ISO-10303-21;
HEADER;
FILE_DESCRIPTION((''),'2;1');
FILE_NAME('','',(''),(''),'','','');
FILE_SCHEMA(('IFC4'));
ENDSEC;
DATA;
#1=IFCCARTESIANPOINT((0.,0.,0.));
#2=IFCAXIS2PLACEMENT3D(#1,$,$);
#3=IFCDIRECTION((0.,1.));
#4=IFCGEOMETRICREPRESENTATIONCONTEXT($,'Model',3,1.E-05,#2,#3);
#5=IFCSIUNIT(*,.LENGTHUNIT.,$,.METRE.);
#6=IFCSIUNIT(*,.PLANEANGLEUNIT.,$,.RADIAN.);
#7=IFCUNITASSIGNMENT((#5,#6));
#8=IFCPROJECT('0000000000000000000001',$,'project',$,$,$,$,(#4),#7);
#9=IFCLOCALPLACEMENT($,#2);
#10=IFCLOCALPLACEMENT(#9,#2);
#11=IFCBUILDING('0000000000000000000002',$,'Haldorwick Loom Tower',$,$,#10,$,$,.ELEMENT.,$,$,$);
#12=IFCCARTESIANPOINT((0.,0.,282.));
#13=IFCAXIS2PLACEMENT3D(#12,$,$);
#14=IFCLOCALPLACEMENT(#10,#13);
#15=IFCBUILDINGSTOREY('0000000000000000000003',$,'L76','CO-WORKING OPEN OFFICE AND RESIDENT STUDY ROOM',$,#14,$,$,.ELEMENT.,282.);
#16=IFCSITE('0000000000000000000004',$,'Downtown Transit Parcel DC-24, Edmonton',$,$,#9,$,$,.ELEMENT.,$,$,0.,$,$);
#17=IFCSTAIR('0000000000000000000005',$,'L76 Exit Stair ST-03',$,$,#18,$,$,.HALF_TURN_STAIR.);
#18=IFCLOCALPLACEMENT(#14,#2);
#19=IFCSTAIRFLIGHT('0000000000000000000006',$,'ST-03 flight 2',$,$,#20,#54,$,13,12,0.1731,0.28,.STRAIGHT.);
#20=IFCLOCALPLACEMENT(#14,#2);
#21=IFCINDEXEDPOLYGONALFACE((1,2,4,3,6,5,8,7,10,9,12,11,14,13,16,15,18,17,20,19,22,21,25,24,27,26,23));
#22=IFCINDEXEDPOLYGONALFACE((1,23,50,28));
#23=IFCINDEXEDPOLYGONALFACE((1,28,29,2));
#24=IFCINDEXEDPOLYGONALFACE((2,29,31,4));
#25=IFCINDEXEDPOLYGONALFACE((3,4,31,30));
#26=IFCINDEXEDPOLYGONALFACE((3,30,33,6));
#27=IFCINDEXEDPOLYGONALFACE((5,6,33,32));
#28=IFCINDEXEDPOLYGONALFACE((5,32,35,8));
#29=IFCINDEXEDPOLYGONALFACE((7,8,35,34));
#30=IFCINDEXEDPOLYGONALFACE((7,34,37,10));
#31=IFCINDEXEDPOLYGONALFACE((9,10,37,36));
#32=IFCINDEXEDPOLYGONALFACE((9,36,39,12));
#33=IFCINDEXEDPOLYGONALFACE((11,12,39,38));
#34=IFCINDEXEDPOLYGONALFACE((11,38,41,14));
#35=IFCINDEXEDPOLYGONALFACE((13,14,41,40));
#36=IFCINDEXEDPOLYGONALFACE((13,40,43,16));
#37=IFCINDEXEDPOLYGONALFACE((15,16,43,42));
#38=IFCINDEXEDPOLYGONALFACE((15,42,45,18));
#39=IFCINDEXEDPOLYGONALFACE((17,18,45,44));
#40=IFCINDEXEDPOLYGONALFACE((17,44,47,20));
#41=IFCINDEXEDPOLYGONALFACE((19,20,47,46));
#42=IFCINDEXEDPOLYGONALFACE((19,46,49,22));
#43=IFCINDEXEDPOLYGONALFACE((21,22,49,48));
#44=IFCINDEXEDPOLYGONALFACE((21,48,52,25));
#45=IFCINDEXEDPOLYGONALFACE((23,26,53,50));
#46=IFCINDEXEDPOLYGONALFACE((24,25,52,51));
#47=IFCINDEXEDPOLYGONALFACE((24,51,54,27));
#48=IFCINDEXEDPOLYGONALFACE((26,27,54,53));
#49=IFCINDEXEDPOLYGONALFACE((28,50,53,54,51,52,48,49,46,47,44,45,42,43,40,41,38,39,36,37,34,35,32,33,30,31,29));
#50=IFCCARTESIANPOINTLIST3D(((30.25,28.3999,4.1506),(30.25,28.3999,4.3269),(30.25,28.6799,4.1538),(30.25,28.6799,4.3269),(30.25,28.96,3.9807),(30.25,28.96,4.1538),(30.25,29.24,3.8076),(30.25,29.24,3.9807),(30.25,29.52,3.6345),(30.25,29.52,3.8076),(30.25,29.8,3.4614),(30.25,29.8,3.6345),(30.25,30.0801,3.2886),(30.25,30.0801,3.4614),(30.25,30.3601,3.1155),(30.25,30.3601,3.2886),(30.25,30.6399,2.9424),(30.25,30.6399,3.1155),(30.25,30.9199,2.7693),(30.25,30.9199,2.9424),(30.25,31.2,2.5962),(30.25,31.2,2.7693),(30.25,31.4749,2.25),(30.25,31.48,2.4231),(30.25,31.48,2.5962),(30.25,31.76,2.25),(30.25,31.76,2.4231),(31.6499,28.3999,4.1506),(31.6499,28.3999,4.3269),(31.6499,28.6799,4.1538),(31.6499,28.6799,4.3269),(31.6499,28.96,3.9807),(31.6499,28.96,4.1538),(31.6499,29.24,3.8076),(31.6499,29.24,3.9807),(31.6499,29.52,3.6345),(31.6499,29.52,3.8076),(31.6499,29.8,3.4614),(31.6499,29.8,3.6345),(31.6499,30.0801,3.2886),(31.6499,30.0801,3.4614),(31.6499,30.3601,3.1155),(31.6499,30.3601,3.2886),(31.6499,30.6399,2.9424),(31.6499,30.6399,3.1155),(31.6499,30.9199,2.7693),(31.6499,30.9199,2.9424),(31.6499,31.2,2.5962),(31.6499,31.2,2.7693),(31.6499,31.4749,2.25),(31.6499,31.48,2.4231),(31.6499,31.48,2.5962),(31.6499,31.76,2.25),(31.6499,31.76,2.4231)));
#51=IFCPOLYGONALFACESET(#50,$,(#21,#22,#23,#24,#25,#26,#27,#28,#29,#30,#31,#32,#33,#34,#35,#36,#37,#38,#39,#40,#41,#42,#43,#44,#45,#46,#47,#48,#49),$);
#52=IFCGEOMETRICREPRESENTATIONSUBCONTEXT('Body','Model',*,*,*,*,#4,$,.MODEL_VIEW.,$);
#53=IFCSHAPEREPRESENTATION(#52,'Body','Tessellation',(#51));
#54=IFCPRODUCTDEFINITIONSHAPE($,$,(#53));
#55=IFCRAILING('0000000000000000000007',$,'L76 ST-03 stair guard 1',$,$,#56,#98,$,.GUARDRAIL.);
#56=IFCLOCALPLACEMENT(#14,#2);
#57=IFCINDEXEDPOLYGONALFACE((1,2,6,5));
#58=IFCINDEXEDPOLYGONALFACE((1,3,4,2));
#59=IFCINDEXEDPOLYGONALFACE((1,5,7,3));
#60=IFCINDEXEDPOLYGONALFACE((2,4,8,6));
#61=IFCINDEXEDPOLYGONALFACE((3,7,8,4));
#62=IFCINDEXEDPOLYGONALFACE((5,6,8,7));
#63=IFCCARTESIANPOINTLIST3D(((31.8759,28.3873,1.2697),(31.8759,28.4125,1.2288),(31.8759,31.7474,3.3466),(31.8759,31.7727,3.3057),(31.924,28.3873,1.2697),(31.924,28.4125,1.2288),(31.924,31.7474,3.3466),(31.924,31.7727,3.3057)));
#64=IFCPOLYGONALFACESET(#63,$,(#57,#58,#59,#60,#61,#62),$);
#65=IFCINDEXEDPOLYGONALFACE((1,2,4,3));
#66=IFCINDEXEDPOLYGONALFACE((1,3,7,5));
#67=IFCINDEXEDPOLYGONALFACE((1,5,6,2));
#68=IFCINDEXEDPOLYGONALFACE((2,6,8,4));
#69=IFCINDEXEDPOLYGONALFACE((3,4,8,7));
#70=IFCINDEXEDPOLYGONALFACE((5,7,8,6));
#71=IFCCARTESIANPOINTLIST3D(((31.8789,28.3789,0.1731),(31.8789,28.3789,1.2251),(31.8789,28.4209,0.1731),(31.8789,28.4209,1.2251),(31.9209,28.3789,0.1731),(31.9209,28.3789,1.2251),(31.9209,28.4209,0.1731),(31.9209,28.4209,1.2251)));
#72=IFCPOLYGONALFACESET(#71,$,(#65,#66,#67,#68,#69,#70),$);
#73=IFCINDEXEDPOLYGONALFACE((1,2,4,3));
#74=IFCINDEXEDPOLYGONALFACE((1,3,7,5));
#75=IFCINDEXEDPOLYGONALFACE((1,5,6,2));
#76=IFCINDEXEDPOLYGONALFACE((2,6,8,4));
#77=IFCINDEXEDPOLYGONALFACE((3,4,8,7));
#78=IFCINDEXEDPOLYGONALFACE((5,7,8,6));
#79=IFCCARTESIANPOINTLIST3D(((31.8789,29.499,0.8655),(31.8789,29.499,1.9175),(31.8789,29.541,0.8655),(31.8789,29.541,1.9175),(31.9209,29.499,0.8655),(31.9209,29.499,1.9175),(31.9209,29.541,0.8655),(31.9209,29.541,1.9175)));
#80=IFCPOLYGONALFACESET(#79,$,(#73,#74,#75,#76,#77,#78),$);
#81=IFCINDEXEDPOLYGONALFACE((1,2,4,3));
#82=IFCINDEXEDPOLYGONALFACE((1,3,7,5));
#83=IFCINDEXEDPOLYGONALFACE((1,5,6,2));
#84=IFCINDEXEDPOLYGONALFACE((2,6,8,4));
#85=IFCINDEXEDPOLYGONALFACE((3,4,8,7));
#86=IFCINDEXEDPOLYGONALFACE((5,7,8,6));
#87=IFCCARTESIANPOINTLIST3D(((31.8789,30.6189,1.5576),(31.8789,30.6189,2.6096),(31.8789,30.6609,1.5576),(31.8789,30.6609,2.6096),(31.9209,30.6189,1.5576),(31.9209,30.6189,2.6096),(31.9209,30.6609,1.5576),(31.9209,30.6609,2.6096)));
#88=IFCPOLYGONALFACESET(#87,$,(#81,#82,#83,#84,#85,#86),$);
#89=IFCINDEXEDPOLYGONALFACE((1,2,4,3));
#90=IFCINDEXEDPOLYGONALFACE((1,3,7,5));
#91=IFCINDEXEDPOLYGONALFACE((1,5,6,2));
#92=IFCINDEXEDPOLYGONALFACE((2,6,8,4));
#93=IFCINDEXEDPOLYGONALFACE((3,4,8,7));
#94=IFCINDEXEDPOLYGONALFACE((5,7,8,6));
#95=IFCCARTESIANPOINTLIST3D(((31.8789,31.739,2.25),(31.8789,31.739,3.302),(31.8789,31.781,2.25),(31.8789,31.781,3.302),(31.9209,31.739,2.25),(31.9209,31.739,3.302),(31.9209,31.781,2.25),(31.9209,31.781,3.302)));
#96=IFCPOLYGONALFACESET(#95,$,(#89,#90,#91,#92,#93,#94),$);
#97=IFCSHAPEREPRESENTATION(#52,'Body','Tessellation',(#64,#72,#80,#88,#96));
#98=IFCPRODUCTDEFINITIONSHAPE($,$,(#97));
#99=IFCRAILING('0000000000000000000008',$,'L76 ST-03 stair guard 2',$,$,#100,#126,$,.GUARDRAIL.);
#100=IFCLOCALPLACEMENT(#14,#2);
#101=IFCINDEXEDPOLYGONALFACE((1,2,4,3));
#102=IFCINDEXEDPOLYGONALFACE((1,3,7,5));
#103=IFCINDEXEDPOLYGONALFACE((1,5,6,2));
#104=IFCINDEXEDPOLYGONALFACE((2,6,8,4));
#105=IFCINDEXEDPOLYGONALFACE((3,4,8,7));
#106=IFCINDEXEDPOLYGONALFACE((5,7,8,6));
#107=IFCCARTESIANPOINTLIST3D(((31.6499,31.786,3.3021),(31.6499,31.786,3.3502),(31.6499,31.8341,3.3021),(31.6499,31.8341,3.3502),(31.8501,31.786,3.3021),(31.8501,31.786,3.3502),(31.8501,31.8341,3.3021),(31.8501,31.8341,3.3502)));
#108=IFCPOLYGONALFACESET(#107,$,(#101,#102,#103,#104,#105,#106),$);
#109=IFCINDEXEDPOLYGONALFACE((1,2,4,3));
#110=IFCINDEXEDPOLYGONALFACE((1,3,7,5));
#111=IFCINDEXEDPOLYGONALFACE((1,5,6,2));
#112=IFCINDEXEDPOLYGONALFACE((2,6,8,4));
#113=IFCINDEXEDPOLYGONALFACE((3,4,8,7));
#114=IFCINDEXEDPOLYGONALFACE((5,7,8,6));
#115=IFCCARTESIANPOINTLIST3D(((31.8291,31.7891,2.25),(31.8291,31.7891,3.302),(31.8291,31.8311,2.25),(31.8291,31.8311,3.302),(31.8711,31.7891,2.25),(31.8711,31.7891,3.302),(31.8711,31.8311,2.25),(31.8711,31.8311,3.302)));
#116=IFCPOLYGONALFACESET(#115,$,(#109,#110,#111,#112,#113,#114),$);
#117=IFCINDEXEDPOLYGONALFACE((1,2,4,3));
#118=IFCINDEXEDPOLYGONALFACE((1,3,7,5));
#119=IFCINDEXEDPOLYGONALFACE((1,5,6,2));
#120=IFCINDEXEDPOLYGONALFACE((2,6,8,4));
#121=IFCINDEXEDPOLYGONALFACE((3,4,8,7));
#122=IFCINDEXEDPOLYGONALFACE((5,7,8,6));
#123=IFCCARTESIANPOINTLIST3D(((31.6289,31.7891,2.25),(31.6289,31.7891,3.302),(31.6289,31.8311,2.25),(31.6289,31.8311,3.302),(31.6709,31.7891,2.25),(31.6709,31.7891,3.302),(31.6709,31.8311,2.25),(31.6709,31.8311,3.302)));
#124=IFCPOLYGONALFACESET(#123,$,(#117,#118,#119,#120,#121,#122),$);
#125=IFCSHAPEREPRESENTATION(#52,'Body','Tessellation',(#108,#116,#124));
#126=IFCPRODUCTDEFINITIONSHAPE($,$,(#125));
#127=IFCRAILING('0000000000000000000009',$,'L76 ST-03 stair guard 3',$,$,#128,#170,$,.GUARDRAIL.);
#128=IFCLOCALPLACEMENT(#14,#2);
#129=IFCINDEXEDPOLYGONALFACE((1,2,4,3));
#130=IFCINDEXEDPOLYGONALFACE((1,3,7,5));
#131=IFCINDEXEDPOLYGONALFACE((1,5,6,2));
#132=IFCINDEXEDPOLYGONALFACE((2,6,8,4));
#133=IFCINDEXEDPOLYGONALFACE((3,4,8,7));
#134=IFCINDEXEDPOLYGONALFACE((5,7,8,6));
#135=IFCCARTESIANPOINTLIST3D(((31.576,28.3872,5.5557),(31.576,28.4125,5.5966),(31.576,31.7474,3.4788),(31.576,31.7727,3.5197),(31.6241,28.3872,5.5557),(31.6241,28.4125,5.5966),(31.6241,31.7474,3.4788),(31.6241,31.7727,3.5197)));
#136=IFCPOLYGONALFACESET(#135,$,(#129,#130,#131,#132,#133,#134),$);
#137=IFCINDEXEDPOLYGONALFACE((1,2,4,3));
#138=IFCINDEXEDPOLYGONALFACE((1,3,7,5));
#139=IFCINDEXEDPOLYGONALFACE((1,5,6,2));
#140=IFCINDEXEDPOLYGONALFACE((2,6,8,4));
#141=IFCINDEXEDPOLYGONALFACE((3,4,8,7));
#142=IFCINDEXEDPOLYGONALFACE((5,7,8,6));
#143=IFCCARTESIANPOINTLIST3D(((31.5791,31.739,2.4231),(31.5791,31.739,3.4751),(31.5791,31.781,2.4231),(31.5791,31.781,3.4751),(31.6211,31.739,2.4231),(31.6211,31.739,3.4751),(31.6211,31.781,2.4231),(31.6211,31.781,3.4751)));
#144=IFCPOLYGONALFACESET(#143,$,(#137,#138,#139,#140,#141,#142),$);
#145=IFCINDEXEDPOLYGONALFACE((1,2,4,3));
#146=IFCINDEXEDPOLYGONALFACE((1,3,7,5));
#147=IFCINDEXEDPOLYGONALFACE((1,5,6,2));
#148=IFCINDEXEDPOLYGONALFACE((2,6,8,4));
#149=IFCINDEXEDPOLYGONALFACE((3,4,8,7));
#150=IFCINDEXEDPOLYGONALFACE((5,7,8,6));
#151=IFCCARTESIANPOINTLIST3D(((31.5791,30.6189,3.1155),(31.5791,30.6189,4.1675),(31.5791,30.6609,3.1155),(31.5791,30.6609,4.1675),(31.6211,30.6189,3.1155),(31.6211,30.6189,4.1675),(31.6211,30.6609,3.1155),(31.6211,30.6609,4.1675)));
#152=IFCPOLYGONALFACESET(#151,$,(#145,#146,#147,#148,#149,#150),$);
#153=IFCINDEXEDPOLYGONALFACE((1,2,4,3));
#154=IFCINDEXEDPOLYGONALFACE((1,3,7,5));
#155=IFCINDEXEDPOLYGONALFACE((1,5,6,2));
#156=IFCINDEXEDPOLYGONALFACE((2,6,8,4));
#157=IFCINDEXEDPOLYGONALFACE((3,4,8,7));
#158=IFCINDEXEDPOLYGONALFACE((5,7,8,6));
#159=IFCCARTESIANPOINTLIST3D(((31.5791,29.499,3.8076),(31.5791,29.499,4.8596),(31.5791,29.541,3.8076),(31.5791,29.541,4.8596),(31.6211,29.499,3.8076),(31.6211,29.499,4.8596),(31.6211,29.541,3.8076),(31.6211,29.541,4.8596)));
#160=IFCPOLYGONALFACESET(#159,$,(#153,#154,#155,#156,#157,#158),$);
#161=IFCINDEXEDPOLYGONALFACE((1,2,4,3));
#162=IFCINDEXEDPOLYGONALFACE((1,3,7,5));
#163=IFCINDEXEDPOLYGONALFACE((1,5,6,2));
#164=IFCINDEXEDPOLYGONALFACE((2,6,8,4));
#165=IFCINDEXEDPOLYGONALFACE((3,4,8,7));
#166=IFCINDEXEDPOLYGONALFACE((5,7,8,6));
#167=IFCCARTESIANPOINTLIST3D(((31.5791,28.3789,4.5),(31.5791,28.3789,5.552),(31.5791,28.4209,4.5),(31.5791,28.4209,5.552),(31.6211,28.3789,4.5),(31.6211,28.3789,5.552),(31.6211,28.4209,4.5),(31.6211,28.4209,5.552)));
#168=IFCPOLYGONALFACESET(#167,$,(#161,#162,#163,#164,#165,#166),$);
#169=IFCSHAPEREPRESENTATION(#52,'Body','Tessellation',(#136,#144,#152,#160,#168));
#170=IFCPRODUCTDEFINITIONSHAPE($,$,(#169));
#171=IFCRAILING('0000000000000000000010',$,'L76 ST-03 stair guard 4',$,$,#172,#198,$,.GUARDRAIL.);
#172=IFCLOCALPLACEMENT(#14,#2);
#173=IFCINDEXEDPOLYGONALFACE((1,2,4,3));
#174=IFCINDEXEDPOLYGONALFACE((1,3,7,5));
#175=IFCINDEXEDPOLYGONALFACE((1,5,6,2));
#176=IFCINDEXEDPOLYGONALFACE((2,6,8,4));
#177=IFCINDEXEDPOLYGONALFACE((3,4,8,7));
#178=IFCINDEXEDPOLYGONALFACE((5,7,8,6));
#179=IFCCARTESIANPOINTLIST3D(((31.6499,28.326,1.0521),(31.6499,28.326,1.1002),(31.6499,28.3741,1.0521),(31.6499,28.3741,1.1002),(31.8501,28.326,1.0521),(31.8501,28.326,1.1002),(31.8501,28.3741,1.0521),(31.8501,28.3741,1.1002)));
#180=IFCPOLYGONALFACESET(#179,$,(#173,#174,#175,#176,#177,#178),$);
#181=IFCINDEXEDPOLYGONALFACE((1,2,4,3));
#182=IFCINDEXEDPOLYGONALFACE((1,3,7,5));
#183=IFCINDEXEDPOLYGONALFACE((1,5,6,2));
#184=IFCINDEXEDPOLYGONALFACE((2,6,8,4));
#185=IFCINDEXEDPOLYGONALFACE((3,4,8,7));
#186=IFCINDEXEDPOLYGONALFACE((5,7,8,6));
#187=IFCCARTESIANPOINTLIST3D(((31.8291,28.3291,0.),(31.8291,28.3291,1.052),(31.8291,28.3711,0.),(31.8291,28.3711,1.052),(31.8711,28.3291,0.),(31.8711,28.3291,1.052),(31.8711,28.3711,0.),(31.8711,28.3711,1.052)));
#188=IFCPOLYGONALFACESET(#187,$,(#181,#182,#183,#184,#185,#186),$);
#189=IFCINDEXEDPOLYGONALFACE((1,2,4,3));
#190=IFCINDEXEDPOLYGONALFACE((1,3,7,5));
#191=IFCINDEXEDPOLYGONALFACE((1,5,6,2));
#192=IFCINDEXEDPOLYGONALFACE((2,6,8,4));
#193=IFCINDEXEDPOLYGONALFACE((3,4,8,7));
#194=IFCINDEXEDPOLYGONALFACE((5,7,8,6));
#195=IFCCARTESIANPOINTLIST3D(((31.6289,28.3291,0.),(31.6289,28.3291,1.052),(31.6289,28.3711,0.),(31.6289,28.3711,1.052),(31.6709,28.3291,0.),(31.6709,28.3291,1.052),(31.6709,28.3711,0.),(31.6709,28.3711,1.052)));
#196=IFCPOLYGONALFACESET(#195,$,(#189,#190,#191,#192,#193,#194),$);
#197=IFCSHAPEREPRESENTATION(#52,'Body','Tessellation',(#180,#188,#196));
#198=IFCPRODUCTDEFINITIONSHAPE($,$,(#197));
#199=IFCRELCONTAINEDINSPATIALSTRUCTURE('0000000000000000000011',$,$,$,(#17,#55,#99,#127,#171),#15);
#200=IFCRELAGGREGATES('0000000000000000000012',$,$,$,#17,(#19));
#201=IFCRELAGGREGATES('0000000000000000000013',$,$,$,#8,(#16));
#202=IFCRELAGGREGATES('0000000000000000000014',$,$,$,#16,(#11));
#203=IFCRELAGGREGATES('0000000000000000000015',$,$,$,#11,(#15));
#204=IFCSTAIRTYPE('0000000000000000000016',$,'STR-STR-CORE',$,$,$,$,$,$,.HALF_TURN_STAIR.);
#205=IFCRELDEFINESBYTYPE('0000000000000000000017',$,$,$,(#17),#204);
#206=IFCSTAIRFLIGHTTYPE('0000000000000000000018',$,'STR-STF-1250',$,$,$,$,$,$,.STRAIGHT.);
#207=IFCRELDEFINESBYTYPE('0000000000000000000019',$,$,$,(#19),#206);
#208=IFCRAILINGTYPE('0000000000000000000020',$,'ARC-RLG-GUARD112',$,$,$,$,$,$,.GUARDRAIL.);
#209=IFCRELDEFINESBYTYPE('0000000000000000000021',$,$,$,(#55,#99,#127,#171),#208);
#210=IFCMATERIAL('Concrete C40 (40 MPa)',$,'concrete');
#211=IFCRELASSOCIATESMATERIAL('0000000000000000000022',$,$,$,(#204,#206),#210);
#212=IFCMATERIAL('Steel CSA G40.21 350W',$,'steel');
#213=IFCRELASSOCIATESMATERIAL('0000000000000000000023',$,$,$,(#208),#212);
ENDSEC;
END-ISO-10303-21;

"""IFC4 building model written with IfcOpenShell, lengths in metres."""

from ifc_helpers import new_model, si_unit, direction, frame, origin, origin_2d, place, context, subcontext, project, spatial, polyline, rectangle, outline, extrude, material, type_object, element, aggregate, save


model = new_model("IFC4")

# Units and contexts
model_context = context("Model", 3, precision=1e-05, world=origin(), true_north=direction((0.0, 1.0)))
body_context = subcontext(model_context, "Body", "Model", "MODEL_VIEW")
ifc_project = project(units=[si_unit("LENGTHUNIT", "METRE"), si_unit("PLANEANGLEUNIT", "RADIAN")], contexts=[model_context])

# Site, building, storey
site_placement = place(None, origin())
site = spatial("IfcSite", under=ifc_project, at=site_placement, Name="Downtown Transit Parcel DC-24, Edmonton", CompositionType="ELEMENT", RefElevation=0.0)
building_placement = place(site_placement, origin())
building = spatial("IfcBuilding", under=site, at=building_placement, Name="Haldorwick Loom Tower", CompositionType="ELEMENT")
storey_placement = place(building_placement, frame((0.0, 0.0, 282.0)))
storey = spatial("IfcBuildingStorey", under=building, at=storey_placement, Name="L76", Description="CO-WORKING OPEN OFFICE AND RESIDENT STUDY ROOM", CompositionType="ELEMENT", Elevation=282.0)

# Shared definitions
ifc_material_1 = material(Name="Steel CSA G40.21 350W", Category="steel")

# Stair, stair flight
ifc_material_2 = material(Name="Concrete C40 (40 MPa)", Category="concrete")
stair_type = type_object("IfcStairType", Name="STR-STR-CORE", PredefinedType="HALF_TURN_STAIR", material=ifc_material_2)
stair_placement = place(storey_placement, origin())
stair = element("IfcStair", 1, at=stair_placement, inside=storey, type_object=stair_type, Name="L76 Exit Stair ST-03", PredefinedType="HALF_TURN_STAIR")
stair_flight_type = type_object("IfcStairFlightType", Name="STR-STF-1250", PredefinedType="STRAIGHT", material=ifc_material_2)
stair_flight_1_placement = place(storey_placement, frame((30.95, 31.76, 2.25), z_axis=(0.0, 0.0, 1.0), x_axis=(0.0, -1.0, 0.0)))
stair_flight_1 = element("IfcStairFlight", 2, at=stair_flight_1_placement, type_object=stair_flight_type, Name="ST-03 flight 2", NumberOfRisers=13, NumberOfTreads=12, PredefinedType="STRAIGHT", RiserHeight=0.1731, TreadLength=0.28, context=body_context, shape_type="SweptSolid", body=[
    extrude(outline(polyline([(0.0, 0.0), (0.0, 0.1731), (0.28, 0.1731), (0.28, 0.3462), (0.5601, 0.3462), (0.5601, 0.5193), (0.8401, 0.5193), (0.8401, 0.6924), (1.1201, 0.6924), (1.1201, 0.8655), (1.3999, 0.8655), (1.3999, 1.0386), (1.6799, 1.0386), (1.6799, 1.2114), (1.96, 1.2114), (1.96, 1.3845), (2.24, 1.3845), (2.24, 1.5576), (2.52, 1.5576), (2.52, 1.7307), (2.8, 1.7307), (2.8, 1.9038), (3.0801, 1.9038), (3.0801, 2.0769), (3.3601, 2.0769), (3.3601, 2.25), (3.3601, 1.9006), (0.2852, 0.0), (0.0, 0.0)])), frame((0.0, 0.7, 0.0), z_axis=(0.0, -1.0, 0.0), x_axis=(1.0, 0.0, 0.0)), (0.0, 0.0, 1.0), 1.3999),
])
aggregate(stair, [stair_flight_1])

# Railings
railing_type_1 = type_object("IfcRailingType", Name="ARC-RLG-GUARD112", PredefinedType="GUARDRAIL", material=ifc_material_1)
railing_1_placement = place(storey_placement, frame((31.8999, 28.3999, 0.1731)))
element("IfcRailing", 3, at=railing_1_placement, inside=storey, type_object=railing_type_1, Name="L76 ST-03 stair guard 1", PredefinedType="GUARDRAIL", context=body_context, shape_type="SweptSolid", body=[
    extrude(rectangle(XDim=0.0481, YDim=0.0481, at=origin_2d()), frame((0.0, 0.0, 1.0762), z_axis=(0.0, 0.850623, 0.525776), x_axis=(-1.0, 0.0, 0.0)), (0.0, 0.0, 1.0), 3.9502),
    extrude(rectangle(XDim=0.042, YDim=0.042, at=origin_2d()), origin(), (0.0, 0.0, 1.0), 1.052),
    extrude(rectangle(XDim=0.042, YDim=0.042, at=origin_2d()), frame((0.0, 1.1201, 0.6924)), (0.0, 0.0, 1.0), 1.052),
    extrude(rectangle(XDim=0.042, YDim=0.042, at=origin_2d()), frame((0.0, 2.24, 1.3845)), (0.0, 0.0, 1.0), 1.052),
    extrude(rectangle(XDim=0.042, YDim=0.042, at=origin_2d()), frame((0.0, 3.3601, 2.0769)), (0.0, 0.0, 1.0), 1.052),
])
railing_2_placement = place(storey_placement, frame((31.8501, 31.8101, 2.25)))
element("IfcRailing", 4, at=railing_2_placement, inside=storey, type_object=railing_type_1, Name="L76 ST-03 stair guard 2", PredefinedType="GUARDRAIL", context=body_context, shape_type="SweptSolid", body=[
    extrude(rectangle(XDim=0.0481, YDim=0.0481, at=origin_2d()), frame((0.0, 0.0, 1.0762), z_axis=(-1.0, 0.0, 0.0), x_axis=(0.0, -1.0, 0.0)), (0.0, 0.0, 1.0), 0.2002),
    extrude(rectangle(XDim=0.042, YDim=0.042, at=origin_2d()), origin(), (0.0, 0.0, 1.0), 1.052),
    extrude(rectangle(XDim=0.042, YDim=0.042, at=origin_2d()), frame((-0.2002, 0.0, 0.0)), (0.0, 0.0, 1.0), 1.052),
])
railing_3_placement = place(storey_placement, frame((31.6001, 31.76, 2.4231)))
element("IfcRailing", 5, at=railing_3_placement, inside=storey, type_object=railing_type_1, Name="L76 ST-03 stair guard 3", PredefinedType="GUARDRAIL", context=body_context, shape_type="SweptSolid", body=[
    extrude(rectangle(XDim=0.0481, YDim=0.0481, at=origin_2d()), frame((0.0, 0.0, 1.0762), z_axis=(0.0, -0.850623, 0.525776), x_axis=(1.0, 0.0, 0.0)), (0.0, 0.0, 1.0), 3.9502),
    extrude(rectangle(XDim=0.042, YDim=0.042, at=origin_2d()), origin(), (0.0, 0.0, 1.0), 1.052),
    extrude(rectangle(XDim=0.042, YDim=0.042, at=origin_2d()), frame((0.0, -1.1201, 0.6924)), (0.0, 0.0, 1.0), 1.052),
    extrude(rectangle(XDim=0.042, YDim=0.042, at=origin_2d()), frame((0.0, -2.24, 1.3845)), (0.0, 0.0, 1.0), 1.052),
    extrude(rectangle(XDim=0.042, YDim=0.042, at=origin_2d()), frame((0.0, -3.3601, 2.0769)), (0.0, 0.0, 1.0), 1.052),
])
railing_4_placement = place(storey_placement, frame((31.8501, 28.3501, 0.0)))
element("IfcRailing", 6, at=railing_4_placement, inside=storey, type_object=railing_type_1, Name="L76 ST-03 stair guard 4", PredefinedType="GUARDRAIL", context=body_context, shape_type="SweptSolid", body=[
    extrude(rectangle(XDim=0.0481, YDim=0.0481, at=origin_2d()), frame((0.0, 0.0, 1.0762), z_axis=(-1.0, 0.0, 0.0), x_axis=(0.0, -1.0, 0.0)), (0.0, 0.0, 1.0), 0.2002),
    extrude(rectangle(XDim=0.042, YDim=0.042, at=origin_2d()), origin(), (0.0, 0.0, 1.0), 1.052),
    extrude(rectangle(XDim=0.042, YDim=0.042, at=origin_2d()), frame((-0.2002, 0.0, 0.0)), (0.0, 0.0, 1.0), 1.052),
])

save(model, "model.ifc")
